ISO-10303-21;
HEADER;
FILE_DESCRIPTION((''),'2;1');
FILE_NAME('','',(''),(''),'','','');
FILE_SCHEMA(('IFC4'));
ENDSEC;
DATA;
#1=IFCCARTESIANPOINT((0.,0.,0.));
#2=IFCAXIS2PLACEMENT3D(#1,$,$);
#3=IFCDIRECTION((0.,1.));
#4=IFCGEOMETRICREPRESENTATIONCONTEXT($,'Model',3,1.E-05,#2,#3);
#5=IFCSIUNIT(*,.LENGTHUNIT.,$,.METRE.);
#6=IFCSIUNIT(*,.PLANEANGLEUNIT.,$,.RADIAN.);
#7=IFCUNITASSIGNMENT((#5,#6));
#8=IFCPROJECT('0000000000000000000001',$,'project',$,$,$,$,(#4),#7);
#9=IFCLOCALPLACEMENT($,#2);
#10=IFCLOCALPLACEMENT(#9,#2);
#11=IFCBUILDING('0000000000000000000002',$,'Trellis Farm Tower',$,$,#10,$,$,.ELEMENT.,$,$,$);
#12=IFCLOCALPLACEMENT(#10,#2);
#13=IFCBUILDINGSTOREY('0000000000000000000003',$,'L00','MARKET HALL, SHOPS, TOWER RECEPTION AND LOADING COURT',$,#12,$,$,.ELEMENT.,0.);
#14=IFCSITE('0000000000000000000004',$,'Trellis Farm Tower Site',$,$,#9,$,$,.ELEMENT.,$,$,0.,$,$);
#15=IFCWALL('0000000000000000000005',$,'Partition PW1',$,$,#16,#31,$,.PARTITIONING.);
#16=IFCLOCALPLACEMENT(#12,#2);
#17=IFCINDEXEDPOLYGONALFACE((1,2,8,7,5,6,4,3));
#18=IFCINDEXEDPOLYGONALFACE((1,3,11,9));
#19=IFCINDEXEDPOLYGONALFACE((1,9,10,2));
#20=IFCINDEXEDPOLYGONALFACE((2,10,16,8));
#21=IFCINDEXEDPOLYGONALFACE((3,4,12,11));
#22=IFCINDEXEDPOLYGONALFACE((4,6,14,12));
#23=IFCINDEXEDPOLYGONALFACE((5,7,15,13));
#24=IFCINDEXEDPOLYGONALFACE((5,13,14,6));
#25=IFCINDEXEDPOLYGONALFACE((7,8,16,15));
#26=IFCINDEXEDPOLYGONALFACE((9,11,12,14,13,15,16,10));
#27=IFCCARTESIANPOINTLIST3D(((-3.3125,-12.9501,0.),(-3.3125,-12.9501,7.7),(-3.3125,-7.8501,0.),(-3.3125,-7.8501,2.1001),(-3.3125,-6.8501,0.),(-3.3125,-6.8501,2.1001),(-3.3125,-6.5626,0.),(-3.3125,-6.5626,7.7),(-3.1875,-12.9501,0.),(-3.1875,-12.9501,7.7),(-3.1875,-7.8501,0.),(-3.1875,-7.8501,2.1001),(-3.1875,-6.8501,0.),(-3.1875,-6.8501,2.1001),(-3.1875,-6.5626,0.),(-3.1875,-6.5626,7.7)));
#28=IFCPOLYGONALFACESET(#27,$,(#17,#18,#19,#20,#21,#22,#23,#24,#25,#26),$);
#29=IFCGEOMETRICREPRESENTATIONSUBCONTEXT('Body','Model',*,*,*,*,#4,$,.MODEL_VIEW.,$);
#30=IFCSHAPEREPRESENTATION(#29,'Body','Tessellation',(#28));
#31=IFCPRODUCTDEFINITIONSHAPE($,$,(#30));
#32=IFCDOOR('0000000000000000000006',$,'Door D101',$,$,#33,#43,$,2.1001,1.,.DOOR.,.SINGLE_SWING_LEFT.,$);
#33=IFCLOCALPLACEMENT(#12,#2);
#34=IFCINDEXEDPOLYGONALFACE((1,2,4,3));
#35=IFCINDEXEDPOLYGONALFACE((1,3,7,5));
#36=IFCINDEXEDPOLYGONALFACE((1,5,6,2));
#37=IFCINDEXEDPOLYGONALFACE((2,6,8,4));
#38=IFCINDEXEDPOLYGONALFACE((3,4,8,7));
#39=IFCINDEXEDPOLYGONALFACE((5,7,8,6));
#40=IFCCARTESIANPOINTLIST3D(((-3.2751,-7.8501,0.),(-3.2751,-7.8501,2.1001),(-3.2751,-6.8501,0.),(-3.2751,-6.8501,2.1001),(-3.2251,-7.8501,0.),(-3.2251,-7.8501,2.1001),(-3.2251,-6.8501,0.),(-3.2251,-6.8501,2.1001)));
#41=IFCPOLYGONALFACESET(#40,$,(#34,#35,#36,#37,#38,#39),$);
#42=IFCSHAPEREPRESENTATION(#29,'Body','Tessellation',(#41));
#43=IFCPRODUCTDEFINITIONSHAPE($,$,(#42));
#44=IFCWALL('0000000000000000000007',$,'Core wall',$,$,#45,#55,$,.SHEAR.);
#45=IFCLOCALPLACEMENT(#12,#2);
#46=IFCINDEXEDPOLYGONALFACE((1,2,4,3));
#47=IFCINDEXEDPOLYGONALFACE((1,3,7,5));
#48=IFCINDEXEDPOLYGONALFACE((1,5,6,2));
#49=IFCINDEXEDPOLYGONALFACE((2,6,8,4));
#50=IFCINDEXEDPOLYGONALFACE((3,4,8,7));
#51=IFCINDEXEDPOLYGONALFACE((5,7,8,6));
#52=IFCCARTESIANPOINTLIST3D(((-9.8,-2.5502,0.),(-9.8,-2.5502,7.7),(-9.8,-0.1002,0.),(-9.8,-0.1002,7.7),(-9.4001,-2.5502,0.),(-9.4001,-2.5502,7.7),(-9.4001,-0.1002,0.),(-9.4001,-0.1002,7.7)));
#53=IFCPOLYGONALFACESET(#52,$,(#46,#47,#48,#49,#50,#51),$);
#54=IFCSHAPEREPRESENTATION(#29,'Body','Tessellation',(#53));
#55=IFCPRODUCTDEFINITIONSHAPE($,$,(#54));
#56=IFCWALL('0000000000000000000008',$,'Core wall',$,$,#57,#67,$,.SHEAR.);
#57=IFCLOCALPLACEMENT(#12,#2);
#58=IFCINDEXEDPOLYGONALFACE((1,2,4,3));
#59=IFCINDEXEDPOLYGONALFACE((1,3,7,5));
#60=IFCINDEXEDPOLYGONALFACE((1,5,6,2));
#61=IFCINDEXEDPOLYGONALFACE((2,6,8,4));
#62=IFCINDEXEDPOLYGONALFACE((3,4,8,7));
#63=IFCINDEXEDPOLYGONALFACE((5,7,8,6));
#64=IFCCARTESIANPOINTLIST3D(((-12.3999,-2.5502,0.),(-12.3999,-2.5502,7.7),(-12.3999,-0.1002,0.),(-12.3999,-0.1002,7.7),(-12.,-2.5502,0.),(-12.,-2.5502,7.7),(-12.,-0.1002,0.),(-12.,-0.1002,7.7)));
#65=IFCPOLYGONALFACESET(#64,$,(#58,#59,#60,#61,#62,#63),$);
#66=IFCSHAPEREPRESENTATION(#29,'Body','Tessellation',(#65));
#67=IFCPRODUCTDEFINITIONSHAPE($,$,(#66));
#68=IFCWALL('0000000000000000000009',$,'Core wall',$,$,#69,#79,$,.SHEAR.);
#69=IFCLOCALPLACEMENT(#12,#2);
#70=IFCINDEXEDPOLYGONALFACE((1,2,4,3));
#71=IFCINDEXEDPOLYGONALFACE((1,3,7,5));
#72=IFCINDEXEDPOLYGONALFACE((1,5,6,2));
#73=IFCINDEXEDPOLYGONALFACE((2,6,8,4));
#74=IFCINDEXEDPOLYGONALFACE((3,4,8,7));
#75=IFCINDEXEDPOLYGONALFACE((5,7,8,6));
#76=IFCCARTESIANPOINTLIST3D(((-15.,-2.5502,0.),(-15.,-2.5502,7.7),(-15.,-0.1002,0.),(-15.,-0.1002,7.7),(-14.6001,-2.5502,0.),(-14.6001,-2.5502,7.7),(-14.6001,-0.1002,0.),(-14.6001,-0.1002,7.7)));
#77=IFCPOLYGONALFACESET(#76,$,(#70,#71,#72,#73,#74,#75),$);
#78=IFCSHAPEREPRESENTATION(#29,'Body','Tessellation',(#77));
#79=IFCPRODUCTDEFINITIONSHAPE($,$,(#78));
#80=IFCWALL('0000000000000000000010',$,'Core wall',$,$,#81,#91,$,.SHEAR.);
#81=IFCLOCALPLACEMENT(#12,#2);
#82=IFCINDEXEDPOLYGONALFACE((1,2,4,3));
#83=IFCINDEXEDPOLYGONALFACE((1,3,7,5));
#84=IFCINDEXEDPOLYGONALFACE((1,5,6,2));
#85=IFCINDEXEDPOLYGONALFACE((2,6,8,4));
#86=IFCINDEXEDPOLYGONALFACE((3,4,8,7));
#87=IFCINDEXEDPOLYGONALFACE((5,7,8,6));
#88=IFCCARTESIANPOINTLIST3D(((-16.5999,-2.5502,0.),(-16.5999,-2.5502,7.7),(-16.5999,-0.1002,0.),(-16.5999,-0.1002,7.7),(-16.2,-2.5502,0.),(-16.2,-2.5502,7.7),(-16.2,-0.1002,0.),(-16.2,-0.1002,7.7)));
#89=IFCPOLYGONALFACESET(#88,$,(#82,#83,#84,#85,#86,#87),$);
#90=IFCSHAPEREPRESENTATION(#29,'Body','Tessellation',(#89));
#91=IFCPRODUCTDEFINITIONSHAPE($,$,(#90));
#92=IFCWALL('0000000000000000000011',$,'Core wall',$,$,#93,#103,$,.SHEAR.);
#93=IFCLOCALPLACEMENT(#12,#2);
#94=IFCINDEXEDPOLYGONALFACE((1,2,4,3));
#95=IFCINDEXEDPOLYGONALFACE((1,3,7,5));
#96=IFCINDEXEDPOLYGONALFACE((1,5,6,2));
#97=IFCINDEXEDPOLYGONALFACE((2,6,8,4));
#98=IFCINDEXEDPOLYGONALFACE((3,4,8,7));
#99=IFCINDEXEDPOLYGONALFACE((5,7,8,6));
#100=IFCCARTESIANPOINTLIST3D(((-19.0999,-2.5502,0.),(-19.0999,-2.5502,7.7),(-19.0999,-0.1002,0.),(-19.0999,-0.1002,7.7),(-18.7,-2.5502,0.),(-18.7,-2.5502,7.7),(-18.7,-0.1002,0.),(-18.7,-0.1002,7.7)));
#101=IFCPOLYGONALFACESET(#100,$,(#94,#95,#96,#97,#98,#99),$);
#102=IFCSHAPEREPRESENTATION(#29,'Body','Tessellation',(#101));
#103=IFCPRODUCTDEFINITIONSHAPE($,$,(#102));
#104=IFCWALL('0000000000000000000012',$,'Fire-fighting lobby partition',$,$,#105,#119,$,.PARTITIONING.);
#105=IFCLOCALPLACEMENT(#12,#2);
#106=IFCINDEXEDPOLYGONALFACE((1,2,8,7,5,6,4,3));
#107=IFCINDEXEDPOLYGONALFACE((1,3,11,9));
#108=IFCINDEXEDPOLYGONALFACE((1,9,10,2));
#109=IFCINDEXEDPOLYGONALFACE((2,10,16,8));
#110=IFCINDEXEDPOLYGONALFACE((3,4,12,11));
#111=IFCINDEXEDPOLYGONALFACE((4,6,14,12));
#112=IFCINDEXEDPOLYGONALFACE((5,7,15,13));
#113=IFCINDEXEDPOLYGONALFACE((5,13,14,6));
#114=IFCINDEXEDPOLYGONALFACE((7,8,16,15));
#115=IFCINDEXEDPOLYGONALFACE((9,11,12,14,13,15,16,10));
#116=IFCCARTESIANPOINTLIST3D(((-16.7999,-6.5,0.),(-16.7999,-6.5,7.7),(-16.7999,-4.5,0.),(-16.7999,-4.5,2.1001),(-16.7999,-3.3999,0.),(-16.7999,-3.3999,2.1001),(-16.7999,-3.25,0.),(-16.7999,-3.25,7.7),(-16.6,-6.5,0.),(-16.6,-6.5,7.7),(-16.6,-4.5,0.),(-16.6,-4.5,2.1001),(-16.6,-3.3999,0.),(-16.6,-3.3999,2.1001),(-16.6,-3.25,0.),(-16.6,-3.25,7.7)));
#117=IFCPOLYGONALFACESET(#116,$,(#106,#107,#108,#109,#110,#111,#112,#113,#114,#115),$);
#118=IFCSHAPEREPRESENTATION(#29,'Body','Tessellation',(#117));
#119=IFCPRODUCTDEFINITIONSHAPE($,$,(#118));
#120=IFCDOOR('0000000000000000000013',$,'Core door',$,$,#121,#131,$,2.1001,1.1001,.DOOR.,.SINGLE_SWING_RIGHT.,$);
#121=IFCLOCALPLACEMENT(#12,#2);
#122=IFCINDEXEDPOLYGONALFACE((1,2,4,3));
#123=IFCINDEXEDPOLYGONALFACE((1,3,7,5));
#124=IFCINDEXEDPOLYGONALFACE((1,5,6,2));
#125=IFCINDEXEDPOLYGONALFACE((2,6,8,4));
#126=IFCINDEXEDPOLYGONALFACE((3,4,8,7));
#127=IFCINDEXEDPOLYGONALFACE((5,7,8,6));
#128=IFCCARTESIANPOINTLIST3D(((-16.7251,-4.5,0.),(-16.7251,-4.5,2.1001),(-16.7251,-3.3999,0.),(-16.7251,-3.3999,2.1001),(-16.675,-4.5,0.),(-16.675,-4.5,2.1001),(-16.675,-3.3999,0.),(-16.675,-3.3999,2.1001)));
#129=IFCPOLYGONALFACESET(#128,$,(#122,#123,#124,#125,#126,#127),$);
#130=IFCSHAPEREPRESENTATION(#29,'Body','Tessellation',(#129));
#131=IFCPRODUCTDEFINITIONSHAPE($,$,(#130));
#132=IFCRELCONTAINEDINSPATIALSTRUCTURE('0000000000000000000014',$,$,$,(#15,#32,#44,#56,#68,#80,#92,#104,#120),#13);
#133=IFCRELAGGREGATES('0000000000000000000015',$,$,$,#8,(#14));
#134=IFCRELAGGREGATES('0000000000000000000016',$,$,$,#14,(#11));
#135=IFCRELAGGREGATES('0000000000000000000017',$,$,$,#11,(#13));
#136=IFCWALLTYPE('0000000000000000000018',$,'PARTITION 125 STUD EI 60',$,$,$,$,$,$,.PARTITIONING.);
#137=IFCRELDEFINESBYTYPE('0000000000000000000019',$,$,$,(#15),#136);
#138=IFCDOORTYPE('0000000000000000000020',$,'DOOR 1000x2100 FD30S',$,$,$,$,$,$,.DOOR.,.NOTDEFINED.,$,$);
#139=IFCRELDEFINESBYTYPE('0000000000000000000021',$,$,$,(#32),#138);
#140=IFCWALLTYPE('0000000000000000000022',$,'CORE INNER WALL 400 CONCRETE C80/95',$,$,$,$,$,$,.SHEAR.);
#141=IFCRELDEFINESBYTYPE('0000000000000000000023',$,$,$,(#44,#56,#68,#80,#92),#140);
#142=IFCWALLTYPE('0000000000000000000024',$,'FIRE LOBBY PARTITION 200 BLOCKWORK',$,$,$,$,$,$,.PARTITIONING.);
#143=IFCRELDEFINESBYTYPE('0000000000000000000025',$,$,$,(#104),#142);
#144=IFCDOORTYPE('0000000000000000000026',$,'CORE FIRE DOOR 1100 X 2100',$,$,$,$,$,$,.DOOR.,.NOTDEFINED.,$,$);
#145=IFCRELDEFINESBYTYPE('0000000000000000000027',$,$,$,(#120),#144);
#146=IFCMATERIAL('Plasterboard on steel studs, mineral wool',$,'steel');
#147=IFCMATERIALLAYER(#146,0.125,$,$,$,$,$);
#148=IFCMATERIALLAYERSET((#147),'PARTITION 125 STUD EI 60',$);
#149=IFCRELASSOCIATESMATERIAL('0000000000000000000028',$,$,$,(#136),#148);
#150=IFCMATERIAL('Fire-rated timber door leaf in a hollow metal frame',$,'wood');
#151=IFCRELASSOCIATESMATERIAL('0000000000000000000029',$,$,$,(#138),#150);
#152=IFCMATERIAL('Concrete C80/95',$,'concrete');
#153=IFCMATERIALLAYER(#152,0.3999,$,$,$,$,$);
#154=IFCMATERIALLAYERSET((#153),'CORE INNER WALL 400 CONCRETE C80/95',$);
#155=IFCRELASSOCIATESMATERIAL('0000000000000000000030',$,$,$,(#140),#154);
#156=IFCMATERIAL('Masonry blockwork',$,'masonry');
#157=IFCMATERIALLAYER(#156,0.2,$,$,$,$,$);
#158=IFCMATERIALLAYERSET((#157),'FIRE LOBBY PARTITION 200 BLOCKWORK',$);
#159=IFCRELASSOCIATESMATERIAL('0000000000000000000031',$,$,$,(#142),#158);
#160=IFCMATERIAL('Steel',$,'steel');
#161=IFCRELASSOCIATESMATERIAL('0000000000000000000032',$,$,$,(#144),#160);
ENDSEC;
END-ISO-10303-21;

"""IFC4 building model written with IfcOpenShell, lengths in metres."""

from ifc_helpers import new_model, si_unit, direction, frame, frame_2d, origin, place, context, subcontext, project, spatial, rectangle, extrude, source, transform, mapped, material, layer, layer_set, type_object, element, fill, save


model = new_model("IFC4")

# Units and contexts
model_context = context("Model", 3, precision=1e-05, world=origin(), true_north=direction((0.0, 1.0)))
body_context = subcontext(model_context, "Body", "Model", "MODEL_VIEW")
ifc_project = project(units=[si_unit("LENGTHUNIT", "METRE"), si_unit("PLANEANGLEUNIT", "RADIAN")], contexts=[model_context])

# Site, building, storey
site_placement = place(None, origin())
site = spatial("IfcSite", under=ifc_project, at=site_placement, Name="Trellis Farm Tower Site", CompositionType="ELEMENT", RefElevation=0.0)
building_placement = place(site_placement, origin())
building = spatial("IfcBuilding", under=site, at=building_placement, Name="Trellis Farm Tower", CompositionType="ELEMENT")
storey_placement = place(building_placement, origin())
storey = spatial("IfcBuildingStorey", under=building, at=storey_placement, Name="L00", Description="MARKET HALL, SHOPS, TOWER RECEPTION AND LOADING COURT", CompositionType="ELEMENT", Elevation=0.0)

# Shared definitions
ifc_material_1 = material(Name="Concrete C80/95", Category="concrete")

# Wall, opening, door
ifc_material_2 = material(Name="Plasterboard on steel studs, mineral wool", Category="steel")
ifc_layer_1 = layer(ifc_material_2, 0.125)
ifc_layer_set_1 = layer_set([ifc_layer_1], Name="PARTITION 125 STUD EI 60")
wall_type_1 = type_object("IfcWallType", Name="PARTITION 125 STUD EI 60", PredefinedType="PARTITIONING", material=ifc_layer_set_1)
wall_1_placement = place(storey_placement, frame((-3.25, -6.5625, 0.0), z_axis=(0.0, 0.0, 1.0), x_axis=(0.0, -1.0, 0.0)))
wall_1 = element("IfcWall", 1, at=wall_1_placement, inside=storey, type_object=wall_type_1, Name="Partition PW1", PredefinedType="PARTITIONING", context=body_context, shape_type="SweptSolid", body=[
    extrude(rectangle(XDim=6.3875, YDim=0.125, at=frame_2d((3.1938, 0.0))), origin(), (0.0, 0.0, 1.0), 7.7),
])
shared_shape_1 = source(origin(), body_context, "Body", "SweptSolid", [
    extrude(rectangle(XDim=1.0, YDim=2.1001, at=frame_2d((0.5, 1.05))), frame((0.0, 0.0725, 0.0), z_axis=(0.0, -1.0, 0.0), x_axis=(1.0, 0.0, 0.0)), (0.0, 0.0, 1.0), 0.145),
])
opening_1_placement = place(wall_1_placement, frame((0.2876, 0.0, 0.0)))
opening_1 = element("IfcOpeningElement", 2, at=opening_1_placement, cuts=wall_1, PredefinedType="OPENING", context=body_context, shape_type="MappedRepresentation", body=[
    mapped(shared_shape_1, transform((0.0, 0.0, 0.0))),
])
ifc_material_3 = material(Name="Fire-rated timber door leaf in a hollow metal frame", Category="wood")
door_type_1 = type_object("IfcDoorType", Name="DOOR 1000x2100 FD30S", OperationType="NOTDEFINED", PredefinedType="DOOR", material=ifc_material_3)
shared_shape_2 = source(origin(), body_context, "Body", "SweptSolid", [
    extrude(rectangle(XDim=1.0, YDim=2.1001, at=frame_2d((0.5, 1.05))), frame((0.0, 0.0249, 0.0), z_axis=(0.0, -1.0, 0.0), x_axis=(1.0, 0.0, 0.0)), (0.0, 0.0, 1.0), 0.05),
])
door_1_placement = place(opening_1_placement, origin())
door_1 = element("IfcDoor", 3, at=door_1_placement, inside=storey, type_object=door_type_1, Name="Door D101", OperationType="SINGLE_SWING_LEFT", OverallHeight=2.1001, OverallWidth=1.0, PredefinedType="DOOR", context=body_context, shape_type="MappedRepresentation", body=[
    mapped(shared_shape_2, transform((0.0, 0.0, 0.0))),
])
fill(opening_1, door_1)

# Walls
ifc_layer_2 = layer(ifc_material_1, 0.3999)
ifc_layer_set_2 = layer_set([ifc_layer_2], Name="CORE INNER WALL 400 CONCRETE C80/95")
wall_type_2 = type_object("IfcWallType", Name="CORE INNER WALL 400 CONCRETE C80/95", PredefinedType="SHEAR", material=ifc_layer_set_2)
shared_shape_3 = source(origin(), body_context, "Body", "SweptSolid", [
    extrude(rectangle(XDim=2.45, YDim=0.3999, at=frame_2d((1.2251, 0.0))), origin(), (0.0, 0.0, 1.0), 7.7),
])
for number, where, z_axis, x_axis, name in (
    (4, (-9.6001, -0.1001, 0.0), (0.0, 0.0, 1.0), (0.0, -1.0, 0.0), "Core wall"),
    (5, (-12.2, -0.1001, 0.0), (0.0, 0.0, 1.0), (0.0, -1.0, 0.0), "Core wall"),
    (6, (-14.8, -0.1001, 0.0), (0.0, 0.0, 1.0), (0.0, -1.0, 0.0), "Core wall"),
    (7, (-16.3999, -0.1001, 0.0), (0.0, 0.0, 1.0), (0.0, -1.0, 0.0), "Core wall"),
    (8, (-18.8999, -0.1001, 0.0), (0.0, 0.0, 1.0), (0.0, -1.0, 0.0), "Core wall"),
):
    element("IfcWall", number, at=place(storey_placement, frame(where, z_axis=z_axis, x_axis=x_axis)), inside=storey, type_object=wall_type_2, Name=name, PredefinedType="SHEAR", context=body_context, shape_type="MappedRepresentation", body=[
        mapped(shared_shape_3, transform((0.0, 0.0, 0.0))),
    ])

# Wall, opening, door
ifc_material_4 = material(Name="Masonry blockwork", Category="masonry")
ifc_layer_3 = layer(ifc_material_4, 0.2)
ifc_layer_set_3 = layer_set([ifc_layer_3], Name="FIRE LOBBY PARTITION 200 BLOCKWORK")
wall_type_3 = type_object("IfcWallType", Name="FIRE LOBBY PARTITION 200 BLOCKWORK", PredefinedType="PARTITIONING", material=ifc_layer_set_3)
shared_shape_4 = source(origin(), body_context, "Body", "SweptSolid", [
    extrude(rectangle(XDim=3.25, YDim=0.2, at=frame_2d((1.625, 0.0))), origin(), (0.0, 0.0, 1.0), 7.7),
])
wall_2_placement = place(storey_placement, frame((-16.7, -3.25, 0.0), z_axis=(0.0, 0.0, 1.0), x_axis=(0.0, -1.0, 0.0)))
wall_2 = element("IfcWall", 9, at=wall_2_placement, inside=storey, type_object=wall_type_3, Name="Fire-fighting lobby partition", PredefinedType="PARTITIONING", context=body_context, shape_type="MappedRepresentation", body=[
    mapped(shared_shape_4, transform((0.0, 0.0, 0.0))),
])
shared_shape_5 = source(origin(), body_context, "Body", "SweptSolid", [
    extrude(rectangle(XDim=1.1001, YDim=2.1001, at=frame_2d((0.55, 1.05))), frame((0.0, 0.1101, 0.0), z_axis=(0.0, -1.0, 0.0), x_axis=(1.0, 0.0, 0.0)), (0.0, 0.0, 1.0), 0.2202),
])
opening_2_placement = place(wall_2_placement, frame((0.1499, 0.0, 0.0)))
opening_2 = element("IfcOpeningElement", 10, at=opening_2_placement, cuts=wall_2, PredefinedType="OPENING", context=body_context, shape_type="MappedRepresentation", body=[
    mapped(shared_shape_5, transform((0.0, 0.0, 0.0))),
])
ifc_material_5 = material(Name="Steel", Category="steel")
door_type_2 = type_object("IfcDoorType", Name="CORE FIRE DOOR 1100 X 2100", OperationType="NOTDEFINED", PredefinedType="DOOR", material=ifc_material_5)
shared_shape_6 = source(origin(), body_context, "Body", "SweptSolid", [
    extrude(rectangle(XDim=1.1001, YDim=2.1001, at=frame_2d((0.55, 1.05))), frame((0.0, 0.0249, 0.0), z_axis=(0.0, -1.0, 0.0), x_axis=(1.0, 0.0, 0.0)), (0.0, 0.0, 1.0), 0.05),
])
door_2_placement = place(opening_2_placement, origin())
door_2 = element("IfcDoor", 11, at=door_2_placement, inside=storey, type_object=door_type_2, Name="Core door", OperationType="SINGLE_SWING_RIGHT", OverallHeight=2.1001, OverallWidth=1.1001, PredefinedType="DOOR", context=body_context, shape_type="MappedRepresentation", body=[
    mapped(shared_shape_6, transform((0.0, 0.0, 0.0))),
])
fill(opening_2, door_2)

save(model, "model.ifc")
